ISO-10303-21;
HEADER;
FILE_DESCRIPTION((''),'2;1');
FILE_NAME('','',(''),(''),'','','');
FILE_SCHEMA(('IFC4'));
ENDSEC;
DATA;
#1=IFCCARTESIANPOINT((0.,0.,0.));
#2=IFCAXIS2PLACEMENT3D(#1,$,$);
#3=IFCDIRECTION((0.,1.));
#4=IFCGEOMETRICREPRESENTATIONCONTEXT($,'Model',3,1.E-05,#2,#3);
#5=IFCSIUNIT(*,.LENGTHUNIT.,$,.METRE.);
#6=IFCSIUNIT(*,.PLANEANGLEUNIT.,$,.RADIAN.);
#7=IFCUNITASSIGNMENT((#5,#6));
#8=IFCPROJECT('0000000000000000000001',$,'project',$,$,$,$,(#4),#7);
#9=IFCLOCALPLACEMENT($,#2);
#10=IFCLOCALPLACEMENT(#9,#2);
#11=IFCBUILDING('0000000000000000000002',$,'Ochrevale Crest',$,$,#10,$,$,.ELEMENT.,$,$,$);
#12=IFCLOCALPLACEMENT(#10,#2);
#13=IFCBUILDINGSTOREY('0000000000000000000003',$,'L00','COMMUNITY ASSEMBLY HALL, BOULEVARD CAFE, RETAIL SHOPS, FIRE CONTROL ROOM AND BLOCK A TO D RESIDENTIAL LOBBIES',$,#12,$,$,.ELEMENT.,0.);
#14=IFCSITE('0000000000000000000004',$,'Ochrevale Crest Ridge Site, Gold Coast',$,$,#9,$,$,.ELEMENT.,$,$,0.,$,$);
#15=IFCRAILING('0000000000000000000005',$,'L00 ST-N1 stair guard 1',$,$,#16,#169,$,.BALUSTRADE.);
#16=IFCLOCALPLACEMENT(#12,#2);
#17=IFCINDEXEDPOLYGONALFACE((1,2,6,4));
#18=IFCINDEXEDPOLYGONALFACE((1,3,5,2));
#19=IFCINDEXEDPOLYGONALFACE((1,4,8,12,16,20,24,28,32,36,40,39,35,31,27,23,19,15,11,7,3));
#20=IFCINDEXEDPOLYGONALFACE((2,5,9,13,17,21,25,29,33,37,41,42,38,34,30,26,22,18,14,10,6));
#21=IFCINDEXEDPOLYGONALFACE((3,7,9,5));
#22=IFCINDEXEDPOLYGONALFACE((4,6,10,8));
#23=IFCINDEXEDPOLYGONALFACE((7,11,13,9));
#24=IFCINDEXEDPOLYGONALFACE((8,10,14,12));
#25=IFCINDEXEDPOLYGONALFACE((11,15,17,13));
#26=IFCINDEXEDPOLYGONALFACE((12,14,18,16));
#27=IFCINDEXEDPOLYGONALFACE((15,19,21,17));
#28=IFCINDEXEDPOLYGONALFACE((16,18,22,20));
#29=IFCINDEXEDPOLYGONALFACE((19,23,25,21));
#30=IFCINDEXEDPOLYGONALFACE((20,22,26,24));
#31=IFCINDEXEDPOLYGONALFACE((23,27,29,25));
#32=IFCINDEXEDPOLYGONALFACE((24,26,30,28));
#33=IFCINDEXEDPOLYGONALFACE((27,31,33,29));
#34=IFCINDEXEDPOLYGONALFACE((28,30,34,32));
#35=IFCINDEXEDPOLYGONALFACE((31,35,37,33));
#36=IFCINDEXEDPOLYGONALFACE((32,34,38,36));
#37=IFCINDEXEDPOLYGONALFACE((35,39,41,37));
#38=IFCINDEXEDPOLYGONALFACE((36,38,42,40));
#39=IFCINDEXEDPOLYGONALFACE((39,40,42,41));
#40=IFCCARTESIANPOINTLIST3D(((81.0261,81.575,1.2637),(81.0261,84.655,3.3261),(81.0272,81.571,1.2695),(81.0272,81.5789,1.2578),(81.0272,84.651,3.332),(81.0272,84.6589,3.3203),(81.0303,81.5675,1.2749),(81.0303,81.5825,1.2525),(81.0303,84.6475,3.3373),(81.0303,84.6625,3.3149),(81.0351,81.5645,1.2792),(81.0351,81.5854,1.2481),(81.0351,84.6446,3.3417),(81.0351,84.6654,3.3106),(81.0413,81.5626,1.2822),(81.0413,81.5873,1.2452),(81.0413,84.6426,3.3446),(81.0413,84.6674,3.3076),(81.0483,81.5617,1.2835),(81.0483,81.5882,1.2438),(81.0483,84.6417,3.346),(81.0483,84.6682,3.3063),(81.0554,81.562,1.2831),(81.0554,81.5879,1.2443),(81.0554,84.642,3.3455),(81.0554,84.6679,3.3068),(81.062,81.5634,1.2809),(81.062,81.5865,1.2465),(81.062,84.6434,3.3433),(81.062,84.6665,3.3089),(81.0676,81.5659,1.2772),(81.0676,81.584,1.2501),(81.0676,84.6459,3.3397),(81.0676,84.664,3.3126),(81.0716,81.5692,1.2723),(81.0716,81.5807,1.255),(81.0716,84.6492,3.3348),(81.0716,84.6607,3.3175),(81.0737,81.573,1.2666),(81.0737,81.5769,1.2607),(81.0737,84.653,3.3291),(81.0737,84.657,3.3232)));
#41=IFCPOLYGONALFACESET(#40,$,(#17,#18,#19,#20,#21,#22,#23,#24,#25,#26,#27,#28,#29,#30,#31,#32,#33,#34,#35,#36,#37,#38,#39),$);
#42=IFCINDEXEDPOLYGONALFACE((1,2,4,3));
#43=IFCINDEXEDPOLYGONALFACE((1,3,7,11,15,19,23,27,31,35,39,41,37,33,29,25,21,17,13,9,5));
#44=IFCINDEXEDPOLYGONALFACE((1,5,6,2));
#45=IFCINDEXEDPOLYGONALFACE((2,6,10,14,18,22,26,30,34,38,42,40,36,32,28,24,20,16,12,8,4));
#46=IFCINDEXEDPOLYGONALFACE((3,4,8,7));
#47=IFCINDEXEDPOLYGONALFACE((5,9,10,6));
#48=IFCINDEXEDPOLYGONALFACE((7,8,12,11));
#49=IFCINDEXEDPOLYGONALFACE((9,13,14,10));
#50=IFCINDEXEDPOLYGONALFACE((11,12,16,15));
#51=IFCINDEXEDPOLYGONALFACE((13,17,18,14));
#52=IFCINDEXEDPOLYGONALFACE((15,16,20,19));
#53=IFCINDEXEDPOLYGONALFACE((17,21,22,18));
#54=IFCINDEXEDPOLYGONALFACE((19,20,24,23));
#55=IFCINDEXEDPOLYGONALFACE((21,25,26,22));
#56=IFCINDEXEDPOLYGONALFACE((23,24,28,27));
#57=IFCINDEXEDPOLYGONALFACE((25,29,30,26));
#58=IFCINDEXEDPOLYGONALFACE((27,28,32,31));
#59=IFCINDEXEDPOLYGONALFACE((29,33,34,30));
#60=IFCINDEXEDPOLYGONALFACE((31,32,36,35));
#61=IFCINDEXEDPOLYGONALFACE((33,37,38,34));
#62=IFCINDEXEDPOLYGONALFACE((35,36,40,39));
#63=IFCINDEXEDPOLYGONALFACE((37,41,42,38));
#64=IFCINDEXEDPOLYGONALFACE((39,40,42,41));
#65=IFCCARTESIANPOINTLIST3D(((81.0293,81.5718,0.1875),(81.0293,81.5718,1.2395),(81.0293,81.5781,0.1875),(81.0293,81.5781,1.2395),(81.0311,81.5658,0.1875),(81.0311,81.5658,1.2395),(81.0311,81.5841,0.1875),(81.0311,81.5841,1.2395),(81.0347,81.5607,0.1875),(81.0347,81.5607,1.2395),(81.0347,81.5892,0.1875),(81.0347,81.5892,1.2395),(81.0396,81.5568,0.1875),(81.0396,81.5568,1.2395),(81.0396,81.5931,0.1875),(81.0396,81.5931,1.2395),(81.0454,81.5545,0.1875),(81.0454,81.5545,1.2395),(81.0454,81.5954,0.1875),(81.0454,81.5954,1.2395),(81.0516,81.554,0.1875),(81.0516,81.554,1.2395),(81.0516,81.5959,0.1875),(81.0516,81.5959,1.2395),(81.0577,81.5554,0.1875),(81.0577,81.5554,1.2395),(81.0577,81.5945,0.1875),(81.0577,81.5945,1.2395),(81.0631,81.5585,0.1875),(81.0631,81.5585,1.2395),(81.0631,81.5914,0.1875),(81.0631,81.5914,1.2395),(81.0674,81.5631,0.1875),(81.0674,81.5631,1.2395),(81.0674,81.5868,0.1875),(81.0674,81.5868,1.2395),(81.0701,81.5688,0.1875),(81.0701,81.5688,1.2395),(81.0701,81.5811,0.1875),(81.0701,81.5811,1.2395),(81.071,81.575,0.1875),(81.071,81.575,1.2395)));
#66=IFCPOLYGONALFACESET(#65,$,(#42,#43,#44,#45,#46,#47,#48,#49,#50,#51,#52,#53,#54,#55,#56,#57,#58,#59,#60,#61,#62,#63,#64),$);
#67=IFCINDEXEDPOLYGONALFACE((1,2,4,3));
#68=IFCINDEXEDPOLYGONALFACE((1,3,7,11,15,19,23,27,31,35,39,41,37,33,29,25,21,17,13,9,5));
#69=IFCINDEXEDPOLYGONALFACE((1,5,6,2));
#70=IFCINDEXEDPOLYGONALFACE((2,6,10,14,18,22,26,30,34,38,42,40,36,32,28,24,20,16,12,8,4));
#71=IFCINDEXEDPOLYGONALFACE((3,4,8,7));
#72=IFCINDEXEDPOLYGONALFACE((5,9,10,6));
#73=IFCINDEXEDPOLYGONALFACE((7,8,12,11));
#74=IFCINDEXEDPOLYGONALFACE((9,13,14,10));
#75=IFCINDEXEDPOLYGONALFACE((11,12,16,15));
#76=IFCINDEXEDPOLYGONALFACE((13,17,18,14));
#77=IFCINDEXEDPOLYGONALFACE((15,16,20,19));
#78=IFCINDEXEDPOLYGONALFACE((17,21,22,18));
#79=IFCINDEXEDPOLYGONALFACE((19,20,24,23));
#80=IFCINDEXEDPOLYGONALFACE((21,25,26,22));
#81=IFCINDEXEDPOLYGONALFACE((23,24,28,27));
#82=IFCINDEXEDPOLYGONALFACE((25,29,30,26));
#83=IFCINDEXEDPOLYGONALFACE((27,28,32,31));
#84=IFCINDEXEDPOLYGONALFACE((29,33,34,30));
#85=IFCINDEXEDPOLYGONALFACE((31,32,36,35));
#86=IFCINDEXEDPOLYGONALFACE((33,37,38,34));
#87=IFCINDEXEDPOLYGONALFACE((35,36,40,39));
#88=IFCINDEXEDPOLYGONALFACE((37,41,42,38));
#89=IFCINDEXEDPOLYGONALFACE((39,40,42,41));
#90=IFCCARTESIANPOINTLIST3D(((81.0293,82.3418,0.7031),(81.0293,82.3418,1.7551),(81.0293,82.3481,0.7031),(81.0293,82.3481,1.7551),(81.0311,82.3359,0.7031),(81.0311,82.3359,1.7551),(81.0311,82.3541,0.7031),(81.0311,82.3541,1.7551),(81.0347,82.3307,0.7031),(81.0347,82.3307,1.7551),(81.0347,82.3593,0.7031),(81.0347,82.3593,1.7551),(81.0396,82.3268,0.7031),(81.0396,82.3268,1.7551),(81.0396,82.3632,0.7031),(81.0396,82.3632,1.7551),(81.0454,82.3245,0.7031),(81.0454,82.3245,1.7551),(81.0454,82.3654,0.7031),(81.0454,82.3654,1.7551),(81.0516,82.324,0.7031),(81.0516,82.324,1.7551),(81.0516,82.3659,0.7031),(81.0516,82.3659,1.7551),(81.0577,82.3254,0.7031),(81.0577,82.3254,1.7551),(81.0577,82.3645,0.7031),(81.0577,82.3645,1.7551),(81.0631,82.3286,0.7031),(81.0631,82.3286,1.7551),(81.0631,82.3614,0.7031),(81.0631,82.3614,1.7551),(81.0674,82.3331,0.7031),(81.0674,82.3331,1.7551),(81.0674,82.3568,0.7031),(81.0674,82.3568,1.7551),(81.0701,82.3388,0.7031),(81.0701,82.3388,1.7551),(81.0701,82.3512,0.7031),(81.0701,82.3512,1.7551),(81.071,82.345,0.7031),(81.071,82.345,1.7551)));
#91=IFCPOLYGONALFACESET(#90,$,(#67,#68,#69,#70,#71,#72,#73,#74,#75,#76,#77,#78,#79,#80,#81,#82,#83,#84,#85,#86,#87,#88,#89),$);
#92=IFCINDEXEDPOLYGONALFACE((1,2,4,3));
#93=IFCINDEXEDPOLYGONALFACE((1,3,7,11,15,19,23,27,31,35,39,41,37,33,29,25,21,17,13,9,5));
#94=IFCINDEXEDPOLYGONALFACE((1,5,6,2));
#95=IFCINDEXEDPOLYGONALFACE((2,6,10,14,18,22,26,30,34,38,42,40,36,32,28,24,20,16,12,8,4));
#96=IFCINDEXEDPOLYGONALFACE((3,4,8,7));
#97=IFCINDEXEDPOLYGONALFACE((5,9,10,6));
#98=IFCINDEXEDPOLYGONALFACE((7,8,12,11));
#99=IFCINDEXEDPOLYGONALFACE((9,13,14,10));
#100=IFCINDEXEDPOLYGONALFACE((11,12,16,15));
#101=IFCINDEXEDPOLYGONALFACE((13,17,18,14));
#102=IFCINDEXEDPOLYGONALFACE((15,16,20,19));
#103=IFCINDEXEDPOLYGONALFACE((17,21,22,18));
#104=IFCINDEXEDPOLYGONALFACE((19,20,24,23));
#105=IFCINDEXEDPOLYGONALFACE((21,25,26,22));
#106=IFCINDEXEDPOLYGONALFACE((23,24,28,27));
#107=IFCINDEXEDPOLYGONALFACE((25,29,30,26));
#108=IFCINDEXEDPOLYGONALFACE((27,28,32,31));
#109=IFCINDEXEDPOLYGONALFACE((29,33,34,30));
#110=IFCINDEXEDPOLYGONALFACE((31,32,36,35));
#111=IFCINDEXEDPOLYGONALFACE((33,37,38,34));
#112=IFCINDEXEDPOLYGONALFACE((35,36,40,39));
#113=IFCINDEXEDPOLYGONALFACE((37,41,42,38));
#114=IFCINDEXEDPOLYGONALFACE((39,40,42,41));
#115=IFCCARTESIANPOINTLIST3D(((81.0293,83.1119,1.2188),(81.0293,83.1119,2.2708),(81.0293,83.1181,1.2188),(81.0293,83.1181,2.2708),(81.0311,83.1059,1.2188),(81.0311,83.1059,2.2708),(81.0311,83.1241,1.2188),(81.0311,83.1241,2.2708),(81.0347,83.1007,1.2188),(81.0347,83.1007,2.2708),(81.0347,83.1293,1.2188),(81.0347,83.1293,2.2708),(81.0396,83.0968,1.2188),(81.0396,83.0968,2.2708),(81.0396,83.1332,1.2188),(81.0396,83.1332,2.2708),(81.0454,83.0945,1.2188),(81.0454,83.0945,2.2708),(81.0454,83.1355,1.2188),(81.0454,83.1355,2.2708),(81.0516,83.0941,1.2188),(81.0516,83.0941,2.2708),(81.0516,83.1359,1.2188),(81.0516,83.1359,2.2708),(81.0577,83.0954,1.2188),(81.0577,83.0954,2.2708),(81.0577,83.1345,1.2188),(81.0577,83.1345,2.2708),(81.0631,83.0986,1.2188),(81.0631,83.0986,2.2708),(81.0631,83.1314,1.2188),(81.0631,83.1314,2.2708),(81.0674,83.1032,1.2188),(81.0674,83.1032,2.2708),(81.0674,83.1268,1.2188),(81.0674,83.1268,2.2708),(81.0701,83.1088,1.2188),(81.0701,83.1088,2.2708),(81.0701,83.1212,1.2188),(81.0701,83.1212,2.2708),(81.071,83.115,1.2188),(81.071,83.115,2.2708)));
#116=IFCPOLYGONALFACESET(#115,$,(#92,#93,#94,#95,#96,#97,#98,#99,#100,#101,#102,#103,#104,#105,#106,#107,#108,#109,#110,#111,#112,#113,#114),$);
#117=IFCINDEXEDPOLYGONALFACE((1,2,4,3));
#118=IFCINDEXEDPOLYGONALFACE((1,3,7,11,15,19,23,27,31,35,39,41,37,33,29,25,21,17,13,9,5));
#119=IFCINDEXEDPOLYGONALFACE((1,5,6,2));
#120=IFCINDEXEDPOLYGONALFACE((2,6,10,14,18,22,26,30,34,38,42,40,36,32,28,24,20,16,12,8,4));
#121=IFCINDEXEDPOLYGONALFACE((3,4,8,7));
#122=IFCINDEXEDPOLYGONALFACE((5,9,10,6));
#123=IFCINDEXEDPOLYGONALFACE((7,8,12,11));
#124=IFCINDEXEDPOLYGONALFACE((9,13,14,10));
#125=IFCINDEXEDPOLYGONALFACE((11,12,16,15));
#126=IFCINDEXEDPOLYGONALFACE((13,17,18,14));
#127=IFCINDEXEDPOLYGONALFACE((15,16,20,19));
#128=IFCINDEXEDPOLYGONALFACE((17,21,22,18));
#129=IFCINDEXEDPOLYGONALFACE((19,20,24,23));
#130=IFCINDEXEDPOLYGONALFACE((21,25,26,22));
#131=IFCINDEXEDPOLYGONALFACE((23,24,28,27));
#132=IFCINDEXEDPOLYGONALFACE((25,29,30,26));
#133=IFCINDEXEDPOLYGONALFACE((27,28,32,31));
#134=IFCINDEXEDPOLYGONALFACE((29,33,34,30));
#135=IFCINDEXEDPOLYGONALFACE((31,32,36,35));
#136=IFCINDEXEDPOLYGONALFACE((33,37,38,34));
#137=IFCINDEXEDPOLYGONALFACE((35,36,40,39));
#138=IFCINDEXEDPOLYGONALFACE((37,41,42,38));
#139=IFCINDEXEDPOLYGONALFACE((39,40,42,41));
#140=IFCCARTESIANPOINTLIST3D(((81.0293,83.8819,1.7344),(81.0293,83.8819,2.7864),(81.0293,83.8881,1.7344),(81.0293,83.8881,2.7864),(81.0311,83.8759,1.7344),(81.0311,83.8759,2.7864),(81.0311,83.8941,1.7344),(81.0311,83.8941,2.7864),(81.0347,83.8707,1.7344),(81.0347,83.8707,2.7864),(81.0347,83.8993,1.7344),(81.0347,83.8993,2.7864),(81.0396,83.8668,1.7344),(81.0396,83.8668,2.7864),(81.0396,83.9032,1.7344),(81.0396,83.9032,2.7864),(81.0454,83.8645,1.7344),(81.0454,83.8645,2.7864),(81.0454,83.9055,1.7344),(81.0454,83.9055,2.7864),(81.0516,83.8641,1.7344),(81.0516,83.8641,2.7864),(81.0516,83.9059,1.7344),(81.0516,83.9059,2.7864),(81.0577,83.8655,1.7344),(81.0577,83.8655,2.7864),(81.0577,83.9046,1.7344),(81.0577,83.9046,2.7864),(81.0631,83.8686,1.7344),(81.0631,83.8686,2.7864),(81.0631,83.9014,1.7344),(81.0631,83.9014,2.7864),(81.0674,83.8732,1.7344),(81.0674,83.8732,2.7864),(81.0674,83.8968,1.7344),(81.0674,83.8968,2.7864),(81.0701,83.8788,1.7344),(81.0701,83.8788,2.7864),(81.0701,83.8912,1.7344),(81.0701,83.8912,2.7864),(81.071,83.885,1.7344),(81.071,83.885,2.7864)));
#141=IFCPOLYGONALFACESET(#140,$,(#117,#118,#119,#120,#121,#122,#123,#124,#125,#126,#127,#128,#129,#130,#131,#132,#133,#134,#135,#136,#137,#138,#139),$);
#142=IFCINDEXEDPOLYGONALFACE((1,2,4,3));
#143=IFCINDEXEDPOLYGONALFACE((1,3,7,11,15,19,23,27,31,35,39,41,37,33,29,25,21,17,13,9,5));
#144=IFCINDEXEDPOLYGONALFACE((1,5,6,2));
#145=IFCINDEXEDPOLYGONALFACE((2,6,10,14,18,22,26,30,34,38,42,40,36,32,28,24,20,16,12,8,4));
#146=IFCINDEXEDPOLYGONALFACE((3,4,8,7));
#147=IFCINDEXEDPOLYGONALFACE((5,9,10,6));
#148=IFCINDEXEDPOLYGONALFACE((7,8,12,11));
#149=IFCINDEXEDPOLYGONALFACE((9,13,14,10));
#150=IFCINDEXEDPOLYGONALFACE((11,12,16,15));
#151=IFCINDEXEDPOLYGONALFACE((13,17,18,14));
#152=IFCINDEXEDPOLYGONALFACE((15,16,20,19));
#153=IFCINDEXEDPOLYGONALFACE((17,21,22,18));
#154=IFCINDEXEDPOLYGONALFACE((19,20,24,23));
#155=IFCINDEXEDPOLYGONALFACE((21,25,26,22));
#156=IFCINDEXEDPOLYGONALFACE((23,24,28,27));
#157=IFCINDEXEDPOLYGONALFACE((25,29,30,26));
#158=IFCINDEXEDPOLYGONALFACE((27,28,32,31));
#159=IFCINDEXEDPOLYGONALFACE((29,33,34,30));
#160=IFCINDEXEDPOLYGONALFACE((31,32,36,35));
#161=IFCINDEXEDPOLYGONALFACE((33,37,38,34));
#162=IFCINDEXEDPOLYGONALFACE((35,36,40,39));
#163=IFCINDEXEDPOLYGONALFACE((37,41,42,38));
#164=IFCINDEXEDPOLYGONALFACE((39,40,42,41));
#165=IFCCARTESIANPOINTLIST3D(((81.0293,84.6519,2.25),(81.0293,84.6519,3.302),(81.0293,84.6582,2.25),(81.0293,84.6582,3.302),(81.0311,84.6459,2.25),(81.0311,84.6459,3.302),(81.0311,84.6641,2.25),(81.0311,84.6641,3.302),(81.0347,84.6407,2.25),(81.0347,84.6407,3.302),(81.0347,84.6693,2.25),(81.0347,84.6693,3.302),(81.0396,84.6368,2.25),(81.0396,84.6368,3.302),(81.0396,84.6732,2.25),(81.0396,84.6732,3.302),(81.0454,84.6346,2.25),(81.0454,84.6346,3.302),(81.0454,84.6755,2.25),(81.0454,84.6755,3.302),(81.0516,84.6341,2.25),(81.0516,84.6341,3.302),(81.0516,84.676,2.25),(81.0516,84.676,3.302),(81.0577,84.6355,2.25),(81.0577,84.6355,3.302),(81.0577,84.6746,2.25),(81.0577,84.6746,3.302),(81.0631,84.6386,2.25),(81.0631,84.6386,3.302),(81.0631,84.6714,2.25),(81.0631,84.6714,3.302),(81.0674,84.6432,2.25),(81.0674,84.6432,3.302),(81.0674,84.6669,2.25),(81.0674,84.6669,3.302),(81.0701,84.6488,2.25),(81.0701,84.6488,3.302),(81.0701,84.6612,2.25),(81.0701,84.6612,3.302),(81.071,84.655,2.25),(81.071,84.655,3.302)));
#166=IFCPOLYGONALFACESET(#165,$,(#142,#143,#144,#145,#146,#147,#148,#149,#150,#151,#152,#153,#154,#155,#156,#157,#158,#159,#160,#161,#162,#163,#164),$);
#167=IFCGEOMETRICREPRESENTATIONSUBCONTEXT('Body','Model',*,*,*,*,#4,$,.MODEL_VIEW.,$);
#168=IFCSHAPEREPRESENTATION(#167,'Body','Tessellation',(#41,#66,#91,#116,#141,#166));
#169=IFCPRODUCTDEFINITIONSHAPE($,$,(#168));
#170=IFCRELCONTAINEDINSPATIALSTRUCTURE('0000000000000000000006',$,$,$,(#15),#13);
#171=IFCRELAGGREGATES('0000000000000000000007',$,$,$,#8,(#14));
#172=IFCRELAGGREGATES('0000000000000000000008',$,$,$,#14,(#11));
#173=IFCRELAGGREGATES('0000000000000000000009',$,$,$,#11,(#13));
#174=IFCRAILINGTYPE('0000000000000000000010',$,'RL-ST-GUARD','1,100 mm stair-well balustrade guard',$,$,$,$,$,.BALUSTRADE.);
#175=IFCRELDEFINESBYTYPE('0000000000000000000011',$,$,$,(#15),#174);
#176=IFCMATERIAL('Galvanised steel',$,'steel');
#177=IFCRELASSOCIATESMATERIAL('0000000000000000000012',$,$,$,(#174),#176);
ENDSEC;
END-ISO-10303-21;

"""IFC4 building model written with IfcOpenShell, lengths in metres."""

from ifc_helpers import new_model, si_unit, direction, frame, origin, origin_2d, place, context, subcontext, project, spatial, circle, extrude, material, type_object, element, save


model = new_model("IFC4")

# Units and contexts
model_context = context("Model", 3, precision=1e-05, world=origin(), true_north=direction((0.0, 1.0)))
body_context = subcontext(model_context, "Body", "Model", "MODEL_VIEW")
ifc_project = project(units=[si_unit("LENGTHUNIT", "METRE"), si_unit("PLANEANGLEUNIT", "RADIAN")], contexts=[model_context])

# Site, building, storey
site_placement = place(None, origin())
site = spatial("IfcSite", under=ifc_project, at=site_placement, Name="Ochrevale Crest Ridge Site, Gold Coast", CompositionType="ELEMENT", RefElevation=0.0)
building_placement = place(site_placement, origin())
building = spatial("IfcBuilding", under=site, at=building_placement, Name="Ochrevale Crest", CompositionType="ELEMENT")
storey_placement = place(building_placement, origin())
storey = spatial("IfcBuildingStorey", under=building, at=storey_placement, Name="L00", Description="COMMUNITY ASSEMBLY HALL, BOULEVARD CAFE, RETAIL SHOPS, FIRE CONTROL ROOM AND BLOCK A TO D RESIDENTIAL LOBBIES", CompositionType="ELEMENT", Elevation=0.0)

# Railing
ifc_material_1 = material(Name="Galvanised steel", Category="steel")
railing_type_1 = type_object("IfcRailingType", Name="RL-ST-GUARD", Description="1,100 mm stair-well balustrade guard", PredefinedType="BALUSTRADE", material=ifc_material_1)
railing_1_placement = place(storey_placement, frame((81.05, 81.575, 0.1875)))
element("IfcRailing", 1, at=railing_1_placement, inside=storey, type_object=railing_type_1, Name="L00 ST-N1 stair guard 1", PredefinedType="BALUSTRADE", context=body_context, shape_type="SweptSolid", body=[
    extrude(circle(Radius=0.0239, at=origin_2d()), frame((0.0, 0.0, 1.0762), z_axis=(0.0, 0.830914, 0.556401), x_axis=(-1.0, 0.0, 0.0)), (0.0, 0.0, 1.0), 3.7068),
    extrude(circle(Radius=0.021, at=origin_2d()), origin(), (0.0, 0.0, 1.0), 1.052),
    extrude(circle(Radius=0.021, at=origin_2d()), frame((0.0, 0.77, 0.5156)), (0.0, 0.0, 1.0), 1.052),
    extrude(circle(Radius=0.021, at=origin_2d()), frame((0.0, 1.54, 1.0312)), (0.0, 0.0, 1.0), 1.052),
    extrude(circle(Radius=0.021, at=origin_2d()), frame((0.0, 2.3101, 1.5469)), (0.0, 0.0, 1.0), 1.052),
    extrude(circle(Radius=0.021, at=origin_2d()), frame((0.0, 3.0801, 2.0625)), (0.0, 0.0, 1.0), 1.052),
])

save(model, "model.ifc")
